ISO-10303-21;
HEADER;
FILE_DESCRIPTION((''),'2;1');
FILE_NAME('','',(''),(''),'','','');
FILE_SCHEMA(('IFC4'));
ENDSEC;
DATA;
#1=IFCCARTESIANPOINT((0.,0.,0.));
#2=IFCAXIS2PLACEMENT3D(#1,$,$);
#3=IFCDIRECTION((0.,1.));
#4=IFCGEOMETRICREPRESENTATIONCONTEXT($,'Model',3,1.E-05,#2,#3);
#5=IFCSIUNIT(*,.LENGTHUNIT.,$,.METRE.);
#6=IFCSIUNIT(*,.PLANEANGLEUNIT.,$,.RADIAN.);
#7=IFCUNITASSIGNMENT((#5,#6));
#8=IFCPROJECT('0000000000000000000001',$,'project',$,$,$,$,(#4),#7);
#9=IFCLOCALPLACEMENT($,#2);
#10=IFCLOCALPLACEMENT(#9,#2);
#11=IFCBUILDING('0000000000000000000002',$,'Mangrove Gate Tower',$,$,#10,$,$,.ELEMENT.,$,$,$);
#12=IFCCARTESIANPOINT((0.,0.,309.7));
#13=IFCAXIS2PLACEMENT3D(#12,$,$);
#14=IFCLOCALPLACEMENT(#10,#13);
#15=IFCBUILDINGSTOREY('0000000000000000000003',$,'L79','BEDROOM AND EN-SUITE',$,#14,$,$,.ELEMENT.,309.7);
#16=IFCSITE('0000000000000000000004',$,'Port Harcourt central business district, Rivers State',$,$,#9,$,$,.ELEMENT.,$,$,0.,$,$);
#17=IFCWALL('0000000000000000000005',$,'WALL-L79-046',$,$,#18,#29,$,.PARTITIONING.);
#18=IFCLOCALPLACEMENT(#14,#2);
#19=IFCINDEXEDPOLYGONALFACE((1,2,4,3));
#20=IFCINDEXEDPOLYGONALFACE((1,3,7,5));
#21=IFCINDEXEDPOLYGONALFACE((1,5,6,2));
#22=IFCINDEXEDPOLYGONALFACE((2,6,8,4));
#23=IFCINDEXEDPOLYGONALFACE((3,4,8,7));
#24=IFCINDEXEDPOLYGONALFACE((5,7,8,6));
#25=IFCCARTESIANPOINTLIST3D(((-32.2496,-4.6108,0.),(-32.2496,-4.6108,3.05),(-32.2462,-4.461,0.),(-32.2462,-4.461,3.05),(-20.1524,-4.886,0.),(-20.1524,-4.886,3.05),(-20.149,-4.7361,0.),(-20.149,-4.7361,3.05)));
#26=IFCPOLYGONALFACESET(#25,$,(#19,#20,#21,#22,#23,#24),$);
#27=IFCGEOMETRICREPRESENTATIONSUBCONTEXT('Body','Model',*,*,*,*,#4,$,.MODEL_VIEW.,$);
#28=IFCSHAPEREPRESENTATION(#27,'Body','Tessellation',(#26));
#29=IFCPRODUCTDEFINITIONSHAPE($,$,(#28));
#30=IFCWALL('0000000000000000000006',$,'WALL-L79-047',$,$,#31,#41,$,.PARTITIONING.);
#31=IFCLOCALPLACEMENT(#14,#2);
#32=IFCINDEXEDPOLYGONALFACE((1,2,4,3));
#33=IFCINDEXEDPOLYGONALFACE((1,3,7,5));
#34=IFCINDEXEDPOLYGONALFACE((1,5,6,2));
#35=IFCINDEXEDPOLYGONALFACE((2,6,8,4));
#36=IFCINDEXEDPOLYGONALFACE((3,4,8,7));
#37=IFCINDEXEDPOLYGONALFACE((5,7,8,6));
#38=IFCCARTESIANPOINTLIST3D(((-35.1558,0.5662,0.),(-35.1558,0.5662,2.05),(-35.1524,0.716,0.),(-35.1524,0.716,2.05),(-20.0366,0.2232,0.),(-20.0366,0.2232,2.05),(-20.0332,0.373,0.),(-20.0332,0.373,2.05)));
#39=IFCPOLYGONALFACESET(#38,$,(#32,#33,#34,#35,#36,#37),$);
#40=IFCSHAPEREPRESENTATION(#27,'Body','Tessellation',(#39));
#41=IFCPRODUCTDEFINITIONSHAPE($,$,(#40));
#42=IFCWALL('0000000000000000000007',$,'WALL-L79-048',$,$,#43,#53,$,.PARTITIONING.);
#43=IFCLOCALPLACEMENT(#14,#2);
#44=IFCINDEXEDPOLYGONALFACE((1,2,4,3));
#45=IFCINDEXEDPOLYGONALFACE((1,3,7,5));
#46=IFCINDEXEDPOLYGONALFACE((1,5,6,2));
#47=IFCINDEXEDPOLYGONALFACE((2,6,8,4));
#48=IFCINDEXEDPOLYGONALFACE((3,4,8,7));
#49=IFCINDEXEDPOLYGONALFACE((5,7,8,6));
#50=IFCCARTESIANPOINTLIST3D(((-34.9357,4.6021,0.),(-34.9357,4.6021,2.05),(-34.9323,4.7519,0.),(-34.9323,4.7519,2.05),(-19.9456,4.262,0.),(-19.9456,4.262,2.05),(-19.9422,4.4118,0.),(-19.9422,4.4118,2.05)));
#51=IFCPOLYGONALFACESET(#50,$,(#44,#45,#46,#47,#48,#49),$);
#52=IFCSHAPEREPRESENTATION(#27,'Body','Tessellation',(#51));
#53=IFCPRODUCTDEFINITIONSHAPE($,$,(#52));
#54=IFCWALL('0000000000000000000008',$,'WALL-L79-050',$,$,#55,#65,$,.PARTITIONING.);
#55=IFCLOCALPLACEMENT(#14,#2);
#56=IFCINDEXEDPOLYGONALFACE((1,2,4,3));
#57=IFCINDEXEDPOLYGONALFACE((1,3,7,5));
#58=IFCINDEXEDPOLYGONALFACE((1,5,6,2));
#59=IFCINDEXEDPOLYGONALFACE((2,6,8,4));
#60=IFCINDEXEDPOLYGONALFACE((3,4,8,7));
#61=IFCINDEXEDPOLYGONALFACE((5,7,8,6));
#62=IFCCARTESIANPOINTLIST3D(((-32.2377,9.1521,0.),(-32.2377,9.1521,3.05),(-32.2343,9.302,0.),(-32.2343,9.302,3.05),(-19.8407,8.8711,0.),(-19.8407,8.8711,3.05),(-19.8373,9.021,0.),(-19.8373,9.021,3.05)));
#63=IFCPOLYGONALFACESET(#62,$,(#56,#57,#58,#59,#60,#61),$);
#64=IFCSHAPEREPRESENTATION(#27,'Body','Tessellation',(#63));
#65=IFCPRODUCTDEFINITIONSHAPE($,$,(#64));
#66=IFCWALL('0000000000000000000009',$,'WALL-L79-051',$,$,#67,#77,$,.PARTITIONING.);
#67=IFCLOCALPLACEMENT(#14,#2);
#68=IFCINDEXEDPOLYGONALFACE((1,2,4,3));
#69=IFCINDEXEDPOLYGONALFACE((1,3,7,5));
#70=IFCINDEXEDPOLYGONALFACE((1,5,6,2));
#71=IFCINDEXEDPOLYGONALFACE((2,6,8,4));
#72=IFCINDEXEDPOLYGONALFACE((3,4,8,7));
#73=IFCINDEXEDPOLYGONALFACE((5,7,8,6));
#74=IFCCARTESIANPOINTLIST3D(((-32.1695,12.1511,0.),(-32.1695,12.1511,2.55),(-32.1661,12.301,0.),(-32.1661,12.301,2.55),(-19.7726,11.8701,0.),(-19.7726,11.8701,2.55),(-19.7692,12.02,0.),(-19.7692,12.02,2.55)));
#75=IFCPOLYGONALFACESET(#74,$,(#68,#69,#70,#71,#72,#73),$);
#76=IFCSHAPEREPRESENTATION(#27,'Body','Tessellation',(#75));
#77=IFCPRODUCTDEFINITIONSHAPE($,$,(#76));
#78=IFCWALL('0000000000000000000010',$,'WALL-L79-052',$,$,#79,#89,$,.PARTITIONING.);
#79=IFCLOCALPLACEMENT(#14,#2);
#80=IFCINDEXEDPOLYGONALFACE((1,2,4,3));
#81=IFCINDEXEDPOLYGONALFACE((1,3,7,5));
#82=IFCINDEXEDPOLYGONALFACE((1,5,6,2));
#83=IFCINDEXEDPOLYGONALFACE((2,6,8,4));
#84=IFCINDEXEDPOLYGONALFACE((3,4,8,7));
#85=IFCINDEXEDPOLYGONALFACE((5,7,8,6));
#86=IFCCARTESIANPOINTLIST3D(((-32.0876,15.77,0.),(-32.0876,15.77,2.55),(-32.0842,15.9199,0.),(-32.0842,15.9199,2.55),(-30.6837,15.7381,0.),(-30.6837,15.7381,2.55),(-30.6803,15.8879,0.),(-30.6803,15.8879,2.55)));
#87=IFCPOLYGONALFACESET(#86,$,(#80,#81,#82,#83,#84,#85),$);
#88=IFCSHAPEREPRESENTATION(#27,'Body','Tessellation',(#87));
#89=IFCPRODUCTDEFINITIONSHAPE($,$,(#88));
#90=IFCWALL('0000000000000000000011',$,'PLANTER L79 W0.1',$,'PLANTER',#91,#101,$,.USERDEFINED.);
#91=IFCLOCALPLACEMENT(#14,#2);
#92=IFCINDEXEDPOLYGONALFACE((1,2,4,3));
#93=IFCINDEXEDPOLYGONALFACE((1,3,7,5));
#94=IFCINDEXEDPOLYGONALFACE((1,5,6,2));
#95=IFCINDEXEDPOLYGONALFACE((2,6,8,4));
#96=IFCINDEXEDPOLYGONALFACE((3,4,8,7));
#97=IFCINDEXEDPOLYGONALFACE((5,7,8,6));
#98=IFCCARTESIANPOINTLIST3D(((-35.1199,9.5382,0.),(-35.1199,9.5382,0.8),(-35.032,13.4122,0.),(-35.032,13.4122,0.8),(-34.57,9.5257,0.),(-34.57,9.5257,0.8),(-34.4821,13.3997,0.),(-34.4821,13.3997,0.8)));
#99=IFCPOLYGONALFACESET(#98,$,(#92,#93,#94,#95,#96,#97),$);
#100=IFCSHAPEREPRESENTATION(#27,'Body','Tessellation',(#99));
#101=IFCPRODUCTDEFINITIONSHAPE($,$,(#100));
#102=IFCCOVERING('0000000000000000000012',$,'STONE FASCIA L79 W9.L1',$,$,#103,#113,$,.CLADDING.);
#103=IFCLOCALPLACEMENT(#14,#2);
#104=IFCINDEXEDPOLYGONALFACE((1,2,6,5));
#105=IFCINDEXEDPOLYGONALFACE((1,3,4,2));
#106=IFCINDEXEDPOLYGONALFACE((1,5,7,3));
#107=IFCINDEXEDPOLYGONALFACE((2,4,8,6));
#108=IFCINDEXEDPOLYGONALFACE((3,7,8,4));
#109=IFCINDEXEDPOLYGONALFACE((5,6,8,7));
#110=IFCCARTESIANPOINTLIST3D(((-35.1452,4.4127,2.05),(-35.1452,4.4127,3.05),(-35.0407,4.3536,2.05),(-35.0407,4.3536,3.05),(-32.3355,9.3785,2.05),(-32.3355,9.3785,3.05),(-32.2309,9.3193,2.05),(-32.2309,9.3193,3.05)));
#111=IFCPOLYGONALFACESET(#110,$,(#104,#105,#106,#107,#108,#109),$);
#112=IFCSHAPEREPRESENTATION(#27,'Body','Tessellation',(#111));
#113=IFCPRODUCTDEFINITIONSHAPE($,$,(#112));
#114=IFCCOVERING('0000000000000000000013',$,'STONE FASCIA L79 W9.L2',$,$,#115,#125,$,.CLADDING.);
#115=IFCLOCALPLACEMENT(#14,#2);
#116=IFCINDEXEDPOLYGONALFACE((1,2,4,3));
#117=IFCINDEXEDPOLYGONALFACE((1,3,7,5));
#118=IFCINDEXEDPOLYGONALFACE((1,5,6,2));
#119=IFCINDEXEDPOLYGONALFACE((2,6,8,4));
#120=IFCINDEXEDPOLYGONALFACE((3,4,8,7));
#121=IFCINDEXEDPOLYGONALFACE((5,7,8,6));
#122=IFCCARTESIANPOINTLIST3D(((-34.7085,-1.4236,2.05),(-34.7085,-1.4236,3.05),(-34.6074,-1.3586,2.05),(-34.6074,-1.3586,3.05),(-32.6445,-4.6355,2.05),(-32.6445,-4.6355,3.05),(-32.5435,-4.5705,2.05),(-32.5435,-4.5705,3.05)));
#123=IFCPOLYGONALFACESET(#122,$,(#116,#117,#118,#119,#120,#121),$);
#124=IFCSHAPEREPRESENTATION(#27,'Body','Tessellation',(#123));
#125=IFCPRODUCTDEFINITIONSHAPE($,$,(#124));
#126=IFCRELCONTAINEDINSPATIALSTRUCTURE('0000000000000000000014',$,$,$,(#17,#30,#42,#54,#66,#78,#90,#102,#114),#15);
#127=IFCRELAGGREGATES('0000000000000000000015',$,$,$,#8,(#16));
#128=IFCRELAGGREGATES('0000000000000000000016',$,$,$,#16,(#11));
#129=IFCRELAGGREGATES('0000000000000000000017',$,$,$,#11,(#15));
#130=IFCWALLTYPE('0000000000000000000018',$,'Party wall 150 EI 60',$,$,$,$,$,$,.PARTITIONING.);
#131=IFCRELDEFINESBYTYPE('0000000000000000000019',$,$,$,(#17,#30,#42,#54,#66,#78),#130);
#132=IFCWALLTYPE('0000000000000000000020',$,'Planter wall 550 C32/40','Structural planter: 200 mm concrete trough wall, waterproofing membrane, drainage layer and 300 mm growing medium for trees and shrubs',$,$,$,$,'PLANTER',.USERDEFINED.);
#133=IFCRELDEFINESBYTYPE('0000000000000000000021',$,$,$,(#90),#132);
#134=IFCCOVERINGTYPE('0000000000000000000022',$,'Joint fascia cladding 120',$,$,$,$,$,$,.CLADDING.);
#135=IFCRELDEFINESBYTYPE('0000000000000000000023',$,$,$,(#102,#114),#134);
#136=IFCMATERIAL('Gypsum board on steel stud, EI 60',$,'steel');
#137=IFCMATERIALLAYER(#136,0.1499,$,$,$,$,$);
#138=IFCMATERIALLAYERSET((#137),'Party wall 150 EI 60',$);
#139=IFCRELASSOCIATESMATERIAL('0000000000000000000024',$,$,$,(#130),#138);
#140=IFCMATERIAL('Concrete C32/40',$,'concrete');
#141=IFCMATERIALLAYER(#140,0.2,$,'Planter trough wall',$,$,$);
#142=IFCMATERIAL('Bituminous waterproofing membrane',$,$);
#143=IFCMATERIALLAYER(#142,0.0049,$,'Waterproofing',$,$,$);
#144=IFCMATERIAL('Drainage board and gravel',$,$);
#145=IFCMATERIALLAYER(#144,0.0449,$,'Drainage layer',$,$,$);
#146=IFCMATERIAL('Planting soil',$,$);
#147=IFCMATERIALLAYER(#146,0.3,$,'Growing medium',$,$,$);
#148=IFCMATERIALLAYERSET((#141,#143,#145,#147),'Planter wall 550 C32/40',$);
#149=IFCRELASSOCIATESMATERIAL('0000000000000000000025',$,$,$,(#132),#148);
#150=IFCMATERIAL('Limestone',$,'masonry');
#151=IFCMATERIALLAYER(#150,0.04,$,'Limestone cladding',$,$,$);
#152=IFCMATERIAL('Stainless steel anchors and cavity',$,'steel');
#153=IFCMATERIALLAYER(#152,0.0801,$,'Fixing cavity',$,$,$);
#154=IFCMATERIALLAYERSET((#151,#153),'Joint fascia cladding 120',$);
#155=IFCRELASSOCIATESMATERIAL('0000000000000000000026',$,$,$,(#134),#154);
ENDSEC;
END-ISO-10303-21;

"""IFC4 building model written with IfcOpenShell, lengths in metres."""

from ifc_helpers import new_model, si_unit, direction, frame, frame_2d, origin, place, context, subcontext, project, spatial, rectangle, extrude, material, layer, layer_set, type_object, element, save


model = new_model("IFC4")

# Units and contexts
model_context = context("Model", 3, precision=1e-05, world=origin(), true_north=direction((0.0, 1.0)))
body_context = subcontext(model_context, "Body", "Model", "MODEL_VIEW")
ifc_project = project(units=[si_unit("LENGTHUNIT", "METRE"), si_unit("PLANEANGLEUNIT", "RADIAN")], contexts=[model_context])

# Site, building, storey
site_placement = place(None, origin())
site = spatial("IfcSite", under=ifc_project, at=site_placement, Name="Port Harcourt central business district, Rivers State", CompositionType="ELEMENT", RefElevation=0.0)
building_placement = place(site_placement, origin())
building = spatial("IfcBuilding", under=site, at=building_placement, Name="Mangrove Gate Tower", CompositionType="ELEMENT")
storey_placement = place(building_placement, frame((0.0, 0.0, 309.7)))
storey = spatial("IfcBuildingStorey", under=building, at=storey_placement, Name="L79", Description="BEDROOM AND EN-SUITE", CompositionType="ELEMENT", Elevation=309.7)

# Shared definitions
ifc_material_1 = material(Name="Limestone", Category="masonry")

# Walls
ifc_material_2 = material(Name="Gypsum board on steel stud, EI 60", Category="steel")
ifc_layer_1 = layer(ifc_material_2, 0.1499)
ifc_layer_set_1 = layer_set([ifc_layer_1], Name="Party wall 150 EI 60")
wall_type_1 = type_object("IfcWallType", Name="Party wall 150 EI 60", PredefinedType="PARTITIONING", material=ifc_layer_set_1)
wall_1_placement = place(storey_placement, frame((-32.248, -4.5359, 0.0), z_axis=(0.0, 0.0, 1.0), x_axis=(0.999741, -0.022739, 0.0)))
element("IfcWall", 1, at=wall_1_placement, inside=storey, type_object=wall_type_1, Name="WALL-L79-046", PredefinedType="PARTITIONING", context=body_context, shape_type="SweptSolid", body=[
    extrude(rectangle(XDim=12.1003, YDim=0.1499, at=frame_2d((6.0503, 0.0))), origin(), (0.0, 0.0, 1.0), 3.05),
])
wall_2_placement = place(storey_placement, frame((-35.1541, 0.6411, 0.0), z_axis=(0.0, 0.0, 1.0), x_axis=(0.999743, -0.022682, 0.0)))
element("IfcWall", 2, at=wall_2_placement, inside=storey, type_object=wall_type_1, Name="WALL-L79-047", PredefinedType="PARTITIONING", context=body_context, shape_type="SweptSolid", body=[
    extrude(rectangle(XDim=15.123, YDim=0.1499, at=frame_2d((7.5615, 0.0))), origin(), (0.0, 0.0, 1.0), 2.05),
])
wall_3_placement = place(storey_placement, frame((-34.9341, 4.677, 0.0), z_axis=(0.0, 0.0, 1.0), x_axis=(0.999743, -0.022682, 0.0)))
element("IfcWall", 3, at=wall_3_placement, inside=storey, type_object=wall_type_1, Name="WALL-L79-048", PredefinedType="PARTITIONING", context=body_context, shape_type="SweptSolid", body=[
    extrude(rectangle(XDim=14.9939, YDim=0.1499, at=frame_2d((7.4971, 0.0))), origin(), (0.0, 0.0, 1.0), 2.05),
])
wall_4_placement = place(storey_placement, frame((-32.2361, 9.2271, 0.0), z_axis=(0.0, 0.0, 1.0), x_axis=(0.999743, -0.022661, 0.0)))
element("IfcWall", 4, at=wall_4_placement, inside=storey, type_object=wall_type_1, Name="WALL-L79-050", PredefinedType="PARTITIONING", context=body_context, shape_type="SweptSolid", body=[
    extrude(rectangle(XDim=12.4001, YDim=0.1499, at=frame_2d((6.2002, 0.0))), origin(), (0.0, 0.0, 1.0), 3.05),
])
wall_5_placement = place(storey_placement, frame((-32.168, 12.2261, 0.0), z_axis=(0.0, 0.0, 1.0), x_axis=(0.999743, -0.022661, 0.0)))
element("IfcWall", 5, at=wall_5_placement, inside=storey, type_object=wall_type_1, Name="WALL-L79-051", PredefinedType="PARTITIONING", context=body_context, shape_type="SweptSolid", body=[
    extrude(rectangle(XDim=12.4001, YDim=0.1499, at=frame_2d((6.2002, 0.0))), origin(), (0.0, 0.0, 1.0), 2.55),
])
wall_6_placement = place(storey_placement, frame((-32.0859, 15.845, 0.0), z_axis=(0.0, 0.0, 1.0), x_axis=(0.999741, -0.022773, 0.0)))
element("IfcWall", 6, at=wall_6_placement, inside=storey, type_object=wall_type_1, Name="WALL-L79-052", PredefinedType="PARTITIONING", context=body_context, shape_type="SweptSolid", body=[
    extrude(rectangle(XDim=1.4043, YDim=0.1499, at=frame_2d((0.7021, 0.0))), origin(), (0.0, 0.0, 1.0), 2.55),
])
ifc_material_3 = material(Name="Concrete C32/40", Category="concrete")
ifc_layer_2 = layer(ifc_material_3, 0.2, Name="Planter trough wall")
ifc_material_4 = material(Name="Bituminous waterproofing membrane")
ifc_layer_3 = layer(ifc_material_4, 0.0049, Name="Waterproofing")
ifc_material_5 = material(Name="Drainage board and gravel")
ifc_layer_4 = layer(ifc_material_5, 0.0449, Name="Drainage layer")
ifc_material_6 = material(Name="Planting soil")
ifc_layer_5 = layer(ifc_material_6, 0.3, Name="Growing medium")
ifc_layer_set_2 = layer_set([ifc_layer_2, ifc_layer_3, ifc_layer_4, ifc_layer_5], Name="Planter wall 550 C32/40")
wall_type_2 = type_object("IfcWallType", Name="Planter wall 550 C32/40", Description="Structural planter: 200 mm concrete trough wall, waterproofing membrane, drainage layer and 300 mm growing medium for trees and shrubs", ElementType="PLANTER", PredefinedType="USERDEFINED", material=ifc_layer_set_2)
wall_7_placement = place(storey_placement, frame((-34.845, 9.532, 0.0), z_axis=(0.0, 0.0, 1.0), x_axis=(0.022681, 0.999743, 0.0)))
element("IfcWall", 7, at=wall_7_placement, inside=storey, type_object=wall_type_2, Name="PLANTER L79 W0.1", ObjectType="PLANTER", PredefinedType="USERDEFINED", context=body_context, shape_type="SweptSolid", body=[
    extrude(rectangle(XDim=3.875, YDim=0.55, at=frame_2d((1.9375, 0.0))), origin(), (0.0, 0.0, 1.0), 0.8),
])

# Coverings
ifc_layer_6 = layer(ifc_material_1, 0.04, Name="Limestone cladding")
ifc_material_7 = material(Name="Stainless steel anchors and cavity", Category="steel")
ifc_layer_7 = layer(ifc_material_7, 0.0801, Name="Fixing cavity")
ifc_layer_set_3 = layer_set([ifc_layer_6, ifc_layer_7], Name="Joint fascia cladding 120")
covering_type = type_object("IfcCoveringType", Name="Joint fascia cladding 120", PredefinedType="CLADDING", material=ifc_layer_set_3)
covering_1_placement = place(storey_placement, frame((-32.2832, 9.3489, 2.05), z_axis=(0.0, 0.0, 1.0), x_axis=(-0.492462, -0.870334, 0.0)))
element("IfcCovering", 8, at=covering_1_placement, inside=storey, type_object=covering_type, Name="STONE FASCIA L79 W9.L1", PredefinedType="CLADDING", context=body_context, shape_type="SweptSolid", body=[
    extrude(rectangle(XDim=5.7056, YDim=0.1201, at=frame_2d((2.8528, 0.0))), origin(), (0.0, 0.0, 1.0), 1.0),
])
covering_2_placement = place(storey_placement, frame((-34.658, -1.3911, 2.05), z_axis=(0.0, 0.0, 1.0), x_axis=(0.540602, -0.841278, 0.0)))
element("IfcCovering", 9, at=covering_2_placement, inside=storey, type_object=covering_type, Name="STONE FASCIA L79 W9.L2", PredefinedType="CLADDING", context=body_context, shape_type="SweptSolid", body=[
    extrude(rectangle(XDim=3.8179, YDim=0.1201, at=frame_2d((1.9089, 0.0))), origin(), (0.0, 0.0, 1.0), 1.0),
])

save(model, "model.ifc")
